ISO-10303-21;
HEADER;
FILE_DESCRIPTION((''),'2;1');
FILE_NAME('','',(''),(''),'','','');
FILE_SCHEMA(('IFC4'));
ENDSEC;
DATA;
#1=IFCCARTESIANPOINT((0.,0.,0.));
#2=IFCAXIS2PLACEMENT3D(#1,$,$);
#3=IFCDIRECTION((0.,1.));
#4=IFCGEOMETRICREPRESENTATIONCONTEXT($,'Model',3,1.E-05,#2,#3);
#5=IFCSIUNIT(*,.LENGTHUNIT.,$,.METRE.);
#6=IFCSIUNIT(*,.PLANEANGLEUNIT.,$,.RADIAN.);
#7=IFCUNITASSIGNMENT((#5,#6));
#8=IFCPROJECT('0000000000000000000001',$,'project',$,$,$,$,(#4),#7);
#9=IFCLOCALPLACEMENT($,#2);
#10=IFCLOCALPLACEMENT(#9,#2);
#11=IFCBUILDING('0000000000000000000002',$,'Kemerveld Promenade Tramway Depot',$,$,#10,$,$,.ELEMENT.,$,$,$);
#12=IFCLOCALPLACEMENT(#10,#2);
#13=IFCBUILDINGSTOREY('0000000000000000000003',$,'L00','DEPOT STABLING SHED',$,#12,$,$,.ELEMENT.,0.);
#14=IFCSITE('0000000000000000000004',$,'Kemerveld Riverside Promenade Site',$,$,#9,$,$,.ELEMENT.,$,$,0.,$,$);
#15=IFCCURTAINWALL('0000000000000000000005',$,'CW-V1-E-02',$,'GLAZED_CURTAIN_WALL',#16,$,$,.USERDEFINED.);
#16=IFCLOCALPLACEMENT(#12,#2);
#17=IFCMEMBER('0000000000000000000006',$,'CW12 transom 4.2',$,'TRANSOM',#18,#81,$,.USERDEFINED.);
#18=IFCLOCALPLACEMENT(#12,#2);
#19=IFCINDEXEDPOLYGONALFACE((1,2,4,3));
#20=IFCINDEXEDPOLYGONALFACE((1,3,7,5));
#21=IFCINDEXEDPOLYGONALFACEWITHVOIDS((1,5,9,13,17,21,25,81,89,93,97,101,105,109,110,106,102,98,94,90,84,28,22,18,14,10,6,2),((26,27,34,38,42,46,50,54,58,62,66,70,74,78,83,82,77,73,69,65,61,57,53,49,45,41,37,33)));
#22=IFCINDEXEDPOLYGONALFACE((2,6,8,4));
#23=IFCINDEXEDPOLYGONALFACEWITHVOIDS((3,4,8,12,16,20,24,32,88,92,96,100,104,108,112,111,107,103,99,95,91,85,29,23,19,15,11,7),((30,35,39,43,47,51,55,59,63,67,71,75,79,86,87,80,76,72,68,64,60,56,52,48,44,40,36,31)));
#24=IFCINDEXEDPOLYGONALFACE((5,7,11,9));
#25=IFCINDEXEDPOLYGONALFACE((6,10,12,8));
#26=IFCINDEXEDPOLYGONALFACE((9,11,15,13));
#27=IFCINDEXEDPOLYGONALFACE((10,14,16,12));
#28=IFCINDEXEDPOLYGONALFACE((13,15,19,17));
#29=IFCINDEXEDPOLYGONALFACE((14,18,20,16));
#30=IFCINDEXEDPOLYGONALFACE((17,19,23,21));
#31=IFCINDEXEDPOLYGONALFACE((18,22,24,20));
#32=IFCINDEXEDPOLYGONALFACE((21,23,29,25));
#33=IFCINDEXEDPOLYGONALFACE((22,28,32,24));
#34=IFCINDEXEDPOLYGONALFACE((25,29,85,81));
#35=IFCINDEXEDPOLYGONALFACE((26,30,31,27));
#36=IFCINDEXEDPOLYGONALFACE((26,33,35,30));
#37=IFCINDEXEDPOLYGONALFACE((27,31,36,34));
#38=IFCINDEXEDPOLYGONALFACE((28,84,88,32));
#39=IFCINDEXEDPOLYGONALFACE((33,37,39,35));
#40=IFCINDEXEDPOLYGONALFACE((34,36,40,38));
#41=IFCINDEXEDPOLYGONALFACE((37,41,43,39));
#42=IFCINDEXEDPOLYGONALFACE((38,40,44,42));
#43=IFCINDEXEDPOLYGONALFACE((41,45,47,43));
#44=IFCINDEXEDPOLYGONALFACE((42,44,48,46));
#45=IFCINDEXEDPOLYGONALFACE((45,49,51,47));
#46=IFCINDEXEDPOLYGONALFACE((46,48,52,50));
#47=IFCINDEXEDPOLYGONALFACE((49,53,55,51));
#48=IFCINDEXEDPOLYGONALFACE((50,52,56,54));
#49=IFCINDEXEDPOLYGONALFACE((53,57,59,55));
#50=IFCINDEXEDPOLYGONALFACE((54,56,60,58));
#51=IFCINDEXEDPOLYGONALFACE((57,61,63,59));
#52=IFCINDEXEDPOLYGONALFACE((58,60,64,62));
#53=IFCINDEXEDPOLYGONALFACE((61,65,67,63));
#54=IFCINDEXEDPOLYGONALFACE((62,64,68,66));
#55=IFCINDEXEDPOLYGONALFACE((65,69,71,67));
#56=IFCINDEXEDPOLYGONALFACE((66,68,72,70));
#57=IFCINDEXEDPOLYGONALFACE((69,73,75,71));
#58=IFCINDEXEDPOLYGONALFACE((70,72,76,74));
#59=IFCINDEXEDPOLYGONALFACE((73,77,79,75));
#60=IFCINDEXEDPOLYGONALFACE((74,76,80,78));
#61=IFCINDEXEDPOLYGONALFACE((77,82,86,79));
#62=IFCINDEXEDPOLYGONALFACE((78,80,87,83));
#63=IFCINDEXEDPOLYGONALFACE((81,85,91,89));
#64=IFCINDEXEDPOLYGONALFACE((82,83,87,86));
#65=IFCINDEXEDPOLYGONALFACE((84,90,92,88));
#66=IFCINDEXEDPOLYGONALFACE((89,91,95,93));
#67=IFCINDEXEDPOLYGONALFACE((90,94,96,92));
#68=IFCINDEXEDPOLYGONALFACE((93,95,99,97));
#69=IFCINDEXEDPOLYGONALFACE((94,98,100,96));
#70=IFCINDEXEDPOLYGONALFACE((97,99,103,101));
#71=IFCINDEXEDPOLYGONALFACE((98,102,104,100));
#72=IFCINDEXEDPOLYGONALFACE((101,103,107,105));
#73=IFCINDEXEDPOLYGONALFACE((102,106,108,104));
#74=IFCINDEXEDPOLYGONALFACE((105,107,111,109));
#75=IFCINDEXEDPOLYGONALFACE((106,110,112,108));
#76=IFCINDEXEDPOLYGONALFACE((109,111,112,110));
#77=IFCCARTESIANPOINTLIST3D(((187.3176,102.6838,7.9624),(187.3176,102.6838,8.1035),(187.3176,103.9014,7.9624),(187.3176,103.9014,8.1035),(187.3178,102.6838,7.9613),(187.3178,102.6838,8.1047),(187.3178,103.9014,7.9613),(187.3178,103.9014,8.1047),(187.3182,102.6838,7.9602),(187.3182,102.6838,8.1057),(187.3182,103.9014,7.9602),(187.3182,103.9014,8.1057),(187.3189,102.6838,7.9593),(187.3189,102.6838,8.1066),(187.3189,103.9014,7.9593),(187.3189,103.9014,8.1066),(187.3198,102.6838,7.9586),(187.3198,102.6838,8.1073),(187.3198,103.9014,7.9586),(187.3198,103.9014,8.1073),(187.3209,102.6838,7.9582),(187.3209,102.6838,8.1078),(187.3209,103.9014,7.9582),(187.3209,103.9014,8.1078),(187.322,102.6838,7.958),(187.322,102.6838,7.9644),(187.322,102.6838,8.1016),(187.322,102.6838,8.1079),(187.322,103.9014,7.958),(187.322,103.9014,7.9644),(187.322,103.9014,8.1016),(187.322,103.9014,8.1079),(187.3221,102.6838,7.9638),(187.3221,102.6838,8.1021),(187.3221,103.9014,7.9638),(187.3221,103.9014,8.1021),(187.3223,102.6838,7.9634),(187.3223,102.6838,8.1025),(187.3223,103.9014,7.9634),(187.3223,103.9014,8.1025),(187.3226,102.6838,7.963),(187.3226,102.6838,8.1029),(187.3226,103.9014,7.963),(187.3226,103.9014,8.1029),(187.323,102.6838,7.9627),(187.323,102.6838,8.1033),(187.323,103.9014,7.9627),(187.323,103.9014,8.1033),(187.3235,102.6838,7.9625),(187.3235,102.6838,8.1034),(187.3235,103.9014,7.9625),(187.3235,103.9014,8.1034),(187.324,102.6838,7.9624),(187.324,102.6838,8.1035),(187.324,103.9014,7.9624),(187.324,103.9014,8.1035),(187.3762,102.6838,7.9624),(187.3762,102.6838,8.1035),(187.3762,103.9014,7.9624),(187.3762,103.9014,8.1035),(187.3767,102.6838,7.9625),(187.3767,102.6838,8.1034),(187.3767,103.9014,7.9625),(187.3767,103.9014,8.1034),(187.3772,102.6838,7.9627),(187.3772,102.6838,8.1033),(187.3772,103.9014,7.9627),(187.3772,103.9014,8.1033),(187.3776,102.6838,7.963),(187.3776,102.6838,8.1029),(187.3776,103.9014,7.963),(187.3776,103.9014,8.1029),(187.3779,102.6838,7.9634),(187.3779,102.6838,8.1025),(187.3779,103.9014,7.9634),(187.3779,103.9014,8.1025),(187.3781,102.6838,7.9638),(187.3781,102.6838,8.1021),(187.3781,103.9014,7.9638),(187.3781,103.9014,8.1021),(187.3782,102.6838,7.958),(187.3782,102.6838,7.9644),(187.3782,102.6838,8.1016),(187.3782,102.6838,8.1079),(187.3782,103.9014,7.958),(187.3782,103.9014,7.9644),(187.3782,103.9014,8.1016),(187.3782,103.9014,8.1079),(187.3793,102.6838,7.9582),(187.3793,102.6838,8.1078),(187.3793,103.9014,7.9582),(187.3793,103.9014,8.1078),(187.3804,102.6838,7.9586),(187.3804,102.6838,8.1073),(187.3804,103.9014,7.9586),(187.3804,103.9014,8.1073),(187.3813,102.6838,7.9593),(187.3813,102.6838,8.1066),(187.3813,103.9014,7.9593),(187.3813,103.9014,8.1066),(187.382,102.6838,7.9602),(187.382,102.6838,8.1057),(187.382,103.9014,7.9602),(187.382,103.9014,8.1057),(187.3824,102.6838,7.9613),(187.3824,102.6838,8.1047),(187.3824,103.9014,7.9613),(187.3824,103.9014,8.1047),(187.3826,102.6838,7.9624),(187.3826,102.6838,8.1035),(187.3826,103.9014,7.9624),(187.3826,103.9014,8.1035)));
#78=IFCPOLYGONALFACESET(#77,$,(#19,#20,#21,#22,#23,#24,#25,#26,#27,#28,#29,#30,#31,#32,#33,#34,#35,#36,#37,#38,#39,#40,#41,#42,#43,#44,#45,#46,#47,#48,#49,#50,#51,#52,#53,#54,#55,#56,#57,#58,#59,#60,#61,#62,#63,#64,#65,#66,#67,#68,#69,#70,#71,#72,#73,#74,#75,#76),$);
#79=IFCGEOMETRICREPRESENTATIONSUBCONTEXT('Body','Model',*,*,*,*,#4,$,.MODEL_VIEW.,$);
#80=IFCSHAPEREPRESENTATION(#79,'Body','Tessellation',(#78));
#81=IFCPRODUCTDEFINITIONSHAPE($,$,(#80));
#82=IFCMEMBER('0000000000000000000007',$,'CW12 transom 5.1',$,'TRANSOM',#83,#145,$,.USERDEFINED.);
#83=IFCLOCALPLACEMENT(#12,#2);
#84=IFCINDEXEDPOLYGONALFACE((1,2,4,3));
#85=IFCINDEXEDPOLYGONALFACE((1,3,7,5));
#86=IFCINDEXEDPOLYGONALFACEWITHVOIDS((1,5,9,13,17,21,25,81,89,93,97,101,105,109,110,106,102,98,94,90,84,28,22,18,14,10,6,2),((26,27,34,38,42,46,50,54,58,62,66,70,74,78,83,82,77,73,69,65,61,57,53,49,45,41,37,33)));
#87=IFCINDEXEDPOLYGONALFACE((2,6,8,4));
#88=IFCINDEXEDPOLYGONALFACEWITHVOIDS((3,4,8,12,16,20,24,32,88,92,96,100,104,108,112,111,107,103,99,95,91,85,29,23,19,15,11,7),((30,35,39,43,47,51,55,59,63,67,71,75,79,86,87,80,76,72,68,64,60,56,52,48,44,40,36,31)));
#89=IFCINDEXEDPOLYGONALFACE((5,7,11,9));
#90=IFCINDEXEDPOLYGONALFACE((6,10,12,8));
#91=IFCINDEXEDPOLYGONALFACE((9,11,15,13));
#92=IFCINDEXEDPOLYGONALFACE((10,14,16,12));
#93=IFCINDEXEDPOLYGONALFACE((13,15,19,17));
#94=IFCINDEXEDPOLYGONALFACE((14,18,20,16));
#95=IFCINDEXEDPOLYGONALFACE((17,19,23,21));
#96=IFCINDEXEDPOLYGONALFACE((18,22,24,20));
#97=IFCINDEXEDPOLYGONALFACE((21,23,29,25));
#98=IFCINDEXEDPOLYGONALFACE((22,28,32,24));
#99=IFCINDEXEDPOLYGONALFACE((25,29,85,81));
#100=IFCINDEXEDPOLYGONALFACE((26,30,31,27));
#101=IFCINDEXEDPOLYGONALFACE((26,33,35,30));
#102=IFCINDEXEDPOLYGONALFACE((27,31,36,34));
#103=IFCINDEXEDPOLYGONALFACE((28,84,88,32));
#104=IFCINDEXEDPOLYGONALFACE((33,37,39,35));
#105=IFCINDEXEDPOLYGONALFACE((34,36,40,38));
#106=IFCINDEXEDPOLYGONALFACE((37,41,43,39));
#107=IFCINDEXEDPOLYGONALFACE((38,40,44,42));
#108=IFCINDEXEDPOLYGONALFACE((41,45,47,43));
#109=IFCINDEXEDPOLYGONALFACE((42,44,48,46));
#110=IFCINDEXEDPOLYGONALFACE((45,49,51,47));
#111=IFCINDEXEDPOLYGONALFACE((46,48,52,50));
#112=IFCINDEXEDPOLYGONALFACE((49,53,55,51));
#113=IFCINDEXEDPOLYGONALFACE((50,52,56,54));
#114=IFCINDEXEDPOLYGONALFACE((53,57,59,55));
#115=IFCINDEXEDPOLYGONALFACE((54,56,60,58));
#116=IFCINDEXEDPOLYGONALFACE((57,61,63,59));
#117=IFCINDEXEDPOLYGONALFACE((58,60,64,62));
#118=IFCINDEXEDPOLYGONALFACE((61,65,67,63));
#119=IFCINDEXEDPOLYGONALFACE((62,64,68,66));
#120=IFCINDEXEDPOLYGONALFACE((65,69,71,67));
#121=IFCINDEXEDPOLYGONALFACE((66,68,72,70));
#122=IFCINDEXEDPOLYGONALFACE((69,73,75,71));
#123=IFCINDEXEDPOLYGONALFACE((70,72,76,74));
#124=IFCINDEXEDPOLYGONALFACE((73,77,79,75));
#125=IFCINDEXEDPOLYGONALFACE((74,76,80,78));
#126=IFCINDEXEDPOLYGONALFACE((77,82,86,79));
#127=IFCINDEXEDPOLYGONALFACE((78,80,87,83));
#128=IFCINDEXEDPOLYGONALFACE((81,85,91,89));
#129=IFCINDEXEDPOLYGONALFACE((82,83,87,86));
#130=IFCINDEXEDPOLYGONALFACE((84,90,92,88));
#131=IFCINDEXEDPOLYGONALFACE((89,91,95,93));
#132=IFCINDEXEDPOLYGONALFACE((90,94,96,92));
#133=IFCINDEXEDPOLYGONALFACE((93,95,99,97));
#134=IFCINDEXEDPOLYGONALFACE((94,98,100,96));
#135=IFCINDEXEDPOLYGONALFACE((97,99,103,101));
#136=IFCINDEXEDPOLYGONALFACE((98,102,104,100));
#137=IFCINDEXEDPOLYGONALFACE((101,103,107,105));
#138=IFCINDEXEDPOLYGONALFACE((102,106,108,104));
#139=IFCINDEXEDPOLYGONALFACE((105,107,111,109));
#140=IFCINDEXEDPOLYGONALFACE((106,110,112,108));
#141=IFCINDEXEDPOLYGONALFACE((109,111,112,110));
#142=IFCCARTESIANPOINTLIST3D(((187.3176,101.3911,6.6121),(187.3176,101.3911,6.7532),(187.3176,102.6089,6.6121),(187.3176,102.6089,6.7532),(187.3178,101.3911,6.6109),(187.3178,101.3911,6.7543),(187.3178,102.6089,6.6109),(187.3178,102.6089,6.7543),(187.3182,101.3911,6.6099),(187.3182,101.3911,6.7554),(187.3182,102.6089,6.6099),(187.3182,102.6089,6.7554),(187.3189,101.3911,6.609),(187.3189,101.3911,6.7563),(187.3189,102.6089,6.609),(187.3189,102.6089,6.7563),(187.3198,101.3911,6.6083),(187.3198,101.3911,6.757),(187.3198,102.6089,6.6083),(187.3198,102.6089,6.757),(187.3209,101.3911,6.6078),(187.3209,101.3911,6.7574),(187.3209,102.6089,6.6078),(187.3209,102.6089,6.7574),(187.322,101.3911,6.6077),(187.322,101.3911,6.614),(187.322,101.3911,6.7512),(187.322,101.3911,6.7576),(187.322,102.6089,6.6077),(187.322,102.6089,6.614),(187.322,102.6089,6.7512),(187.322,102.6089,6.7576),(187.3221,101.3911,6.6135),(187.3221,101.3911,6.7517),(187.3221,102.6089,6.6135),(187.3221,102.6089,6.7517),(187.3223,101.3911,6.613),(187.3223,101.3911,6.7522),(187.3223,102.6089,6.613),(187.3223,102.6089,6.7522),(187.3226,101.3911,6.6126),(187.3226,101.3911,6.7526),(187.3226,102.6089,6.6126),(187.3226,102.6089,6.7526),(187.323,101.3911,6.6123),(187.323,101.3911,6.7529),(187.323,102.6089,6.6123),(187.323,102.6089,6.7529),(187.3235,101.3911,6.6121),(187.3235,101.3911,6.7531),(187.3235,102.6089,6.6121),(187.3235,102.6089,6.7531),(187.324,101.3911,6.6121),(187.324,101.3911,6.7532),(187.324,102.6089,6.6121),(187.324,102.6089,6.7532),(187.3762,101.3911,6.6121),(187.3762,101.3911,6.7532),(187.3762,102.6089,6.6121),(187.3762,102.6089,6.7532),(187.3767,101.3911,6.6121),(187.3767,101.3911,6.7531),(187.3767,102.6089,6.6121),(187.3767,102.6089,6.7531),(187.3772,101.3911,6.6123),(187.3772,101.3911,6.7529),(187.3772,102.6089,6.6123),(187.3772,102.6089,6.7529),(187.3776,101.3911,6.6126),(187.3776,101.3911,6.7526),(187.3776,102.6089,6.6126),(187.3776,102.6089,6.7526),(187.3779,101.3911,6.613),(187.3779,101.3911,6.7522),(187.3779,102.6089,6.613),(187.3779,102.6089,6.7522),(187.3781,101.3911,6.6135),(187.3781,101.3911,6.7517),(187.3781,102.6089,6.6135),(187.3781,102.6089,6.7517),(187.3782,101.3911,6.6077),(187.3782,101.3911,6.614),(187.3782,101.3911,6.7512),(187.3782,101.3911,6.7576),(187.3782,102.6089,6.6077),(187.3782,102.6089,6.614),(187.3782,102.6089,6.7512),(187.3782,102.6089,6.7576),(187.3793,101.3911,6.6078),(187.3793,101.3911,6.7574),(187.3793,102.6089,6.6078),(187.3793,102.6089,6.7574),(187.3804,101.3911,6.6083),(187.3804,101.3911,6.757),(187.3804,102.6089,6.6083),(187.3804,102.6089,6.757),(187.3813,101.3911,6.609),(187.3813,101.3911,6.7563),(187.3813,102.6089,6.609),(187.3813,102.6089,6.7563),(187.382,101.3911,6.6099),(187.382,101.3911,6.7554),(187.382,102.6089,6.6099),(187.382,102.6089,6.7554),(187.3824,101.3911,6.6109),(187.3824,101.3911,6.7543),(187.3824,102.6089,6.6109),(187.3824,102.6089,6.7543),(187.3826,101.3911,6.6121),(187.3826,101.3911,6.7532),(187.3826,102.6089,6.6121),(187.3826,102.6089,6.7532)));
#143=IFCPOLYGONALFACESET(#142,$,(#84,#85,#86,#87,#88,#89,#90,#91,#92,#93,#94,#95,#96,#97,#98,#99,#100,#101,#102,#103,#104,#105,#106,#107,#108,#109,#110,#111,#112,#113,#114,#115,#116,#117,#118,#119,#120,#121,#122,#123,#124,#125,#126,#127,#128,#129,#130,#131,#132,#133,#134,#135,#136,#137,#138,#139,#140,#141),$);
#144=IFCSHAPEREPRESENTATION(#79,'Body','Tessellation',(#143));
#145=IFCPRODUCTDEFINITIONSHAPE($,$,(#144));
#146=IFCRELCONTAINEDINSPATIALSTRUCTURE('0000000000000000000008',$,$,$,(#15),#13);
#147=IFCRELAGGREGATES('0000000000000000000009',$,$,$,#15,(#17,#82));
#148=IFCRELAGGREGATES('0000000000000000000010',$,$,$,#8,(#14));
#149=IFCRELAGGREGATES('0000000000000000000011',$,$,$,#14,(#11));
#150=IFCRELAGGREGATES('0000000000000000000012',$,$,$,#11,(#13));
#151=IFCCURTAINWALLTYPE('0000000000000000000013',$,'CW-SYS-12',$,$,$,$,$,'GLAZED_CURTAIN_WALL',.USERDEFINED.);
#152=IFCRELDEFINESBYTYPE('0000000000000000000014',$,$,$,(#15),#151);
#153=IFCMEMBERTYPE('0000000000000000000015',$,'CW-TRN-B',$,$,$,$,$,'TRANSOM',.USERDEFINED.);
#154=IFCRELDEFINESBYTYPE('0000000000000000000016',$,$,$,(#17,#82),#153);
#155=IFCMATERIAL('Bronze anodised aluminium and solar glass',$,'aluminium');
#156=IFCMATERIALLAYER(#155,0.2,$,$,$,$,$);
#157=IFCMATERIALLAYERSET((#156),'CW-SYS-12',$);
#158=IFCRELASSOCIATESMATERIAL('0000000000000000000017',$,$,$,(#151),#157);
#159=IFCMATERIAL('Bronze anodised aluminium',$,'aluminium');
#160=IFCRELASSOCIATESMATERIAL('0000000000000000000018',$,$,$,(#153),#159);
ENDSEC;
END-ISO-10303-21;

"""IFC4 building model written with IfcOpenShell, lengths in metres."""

from ifc_helpers import new_model, si_unit, direction, frame, origin, origin_2d, place, context, subcontext, project, spatial, hollow_rectangle, extrude, material, layer, layer_set, material_profile, profile_set, type_object, element, aggregate, save


model = new_model("IFC4")

# Units and contexts
model_context = context("Model", 3, precision=1e-05, world=origin(), true_north=direction((0.0, 1.0)))
body_context = subcontext(model_context, "Body", "Model", "MODEL_VIEW")
ifc_project = project(units=[si_unit("LENGTHUNIT", "METRE"), si_unit("PLANEANGLEUNIT", "RADIAN")], contexts=[model_context])

# Site, building, storey
site_placement = place(None, origin())
site = spatial("IfcSite", under=ifc_project, at=site_placement, Name="Kemerveld Riverside Promenade Site", CompositionType="ELEMENT", RefElevation=0.0)
building_placement = place(site_placement, origin())
building = spatial("IfcBuilding", under=site, at=building_placement, Name="Kemerveld Promenade Tramway Depot", CompositionType="ELEMENT")
storey_placement = place(building_placement, origin())
storey = spatial("IfcBuildingStorey", under=building, at=storey_placement, Name="L00", Description="DEPOT STABLING SHED", CompositionType="ELEMENT", Elevation=0.0)

# Curtain wall, members
ifc_material_1 = material(Name="Bronze anodised aluminium and solar glass", Category="aluminium")
ifc_layer_1 = layer(ifc_material_1, 0.2)
ifc_layer_set_1 = layer_set([ifc_layer_1], Name="CW-SYS-12")
curtain_wall_type = type_object("IfcCurtainWallType", Name="CW-SYS-12", ElementType="GLAZED_CURTAIN_WALL", PredefinedType="USERDEFINED", material=ifc_layer_set_1)
curtain_wall_placement = place(storey_placement, origin())
curtain_wall = element("IfcCurtainWall", 1, at=curtain_wall_placement, inside=storey, type_object=curtain_wall_type, Name="CW-V1-E-02", ObjectType="GLAZED_CURTAIN_WALL", PredefinedType="USERDEFINED")
ifc_material_2 = material(Name="Bronze anodised aluminium", Category="aluminium")
ifc_material_profile_1 = material_profile(ifc_material_2, hollow_rectangle(XDim=0.0649, YDim=0.1499, WallThickness=0.0044, InnerFilletRadius=0.002, OuterFilletRadius=0.0044, at=origin_2d()), Name="CW-TRN-150x65")
ifc_profile_set_1 = profile_set([ifc_material_profile_1], Name="Bronze anodised aluminium")
member_type_1 = type_object("IfcMemberType", Name="CW-TRN-B", ElementType="TRANSOM", PredefinedType="USERDEFINED", material=ifc_profile_set_1)
member_1_placement = place(storey_placement, frame((187.3501, 103.9014, 8.033), z_axis=(0.0, -1.0, 0.0), x_axis=(1.0, 0.0, 0.0)))
member_1 = element("IfcMember", 2, at=member_1_placement, type_object=member_type_1, Name="CW12 transom 4.2", ObjectType="TRANSOM", PredefinedType="USERDEFINED", context=body_context, shape_type="SweptSolid", body=[
    extrude(hollow_rectangle(XDim=0.0649, YDim=0.1499, WallThickness=0.0044, InnerFilletRadius=0.002, OuterFilletRadius=0.0044, at=origin_2d()), origin(), (0.0, 0.0, 1.0), 1.2175),
])
member_2_placement = place(storey_placement, frame((187.3501, 102.6089, 6.6826), z_axis=(0.0, -1.0, 0.0), x_axis=(1.0, 0.0, 0.0)))
member_2 = element("IfcMember", 3, at=member_2_placement, type_object=member_type_1, Name="CW12 transom 5.1", ObjectType="TRANSOM", PredefinedType="USERDEFINED", context=body_context, shape_type="SweptSolid", body=[
    extrude(hollow_rectangle(XDim=0.0649, YDim=0.1499, WallThickness=0.0044, InnerFilletRadius=0.002, OuterFilletRadius=0.0044, at=origin_2d()), origin(), (0.0, 0.0, 1.0), 1.2178),
])
aggregate(curtain_wall, [member_1, member_2])

save(model, "model.ifc")
